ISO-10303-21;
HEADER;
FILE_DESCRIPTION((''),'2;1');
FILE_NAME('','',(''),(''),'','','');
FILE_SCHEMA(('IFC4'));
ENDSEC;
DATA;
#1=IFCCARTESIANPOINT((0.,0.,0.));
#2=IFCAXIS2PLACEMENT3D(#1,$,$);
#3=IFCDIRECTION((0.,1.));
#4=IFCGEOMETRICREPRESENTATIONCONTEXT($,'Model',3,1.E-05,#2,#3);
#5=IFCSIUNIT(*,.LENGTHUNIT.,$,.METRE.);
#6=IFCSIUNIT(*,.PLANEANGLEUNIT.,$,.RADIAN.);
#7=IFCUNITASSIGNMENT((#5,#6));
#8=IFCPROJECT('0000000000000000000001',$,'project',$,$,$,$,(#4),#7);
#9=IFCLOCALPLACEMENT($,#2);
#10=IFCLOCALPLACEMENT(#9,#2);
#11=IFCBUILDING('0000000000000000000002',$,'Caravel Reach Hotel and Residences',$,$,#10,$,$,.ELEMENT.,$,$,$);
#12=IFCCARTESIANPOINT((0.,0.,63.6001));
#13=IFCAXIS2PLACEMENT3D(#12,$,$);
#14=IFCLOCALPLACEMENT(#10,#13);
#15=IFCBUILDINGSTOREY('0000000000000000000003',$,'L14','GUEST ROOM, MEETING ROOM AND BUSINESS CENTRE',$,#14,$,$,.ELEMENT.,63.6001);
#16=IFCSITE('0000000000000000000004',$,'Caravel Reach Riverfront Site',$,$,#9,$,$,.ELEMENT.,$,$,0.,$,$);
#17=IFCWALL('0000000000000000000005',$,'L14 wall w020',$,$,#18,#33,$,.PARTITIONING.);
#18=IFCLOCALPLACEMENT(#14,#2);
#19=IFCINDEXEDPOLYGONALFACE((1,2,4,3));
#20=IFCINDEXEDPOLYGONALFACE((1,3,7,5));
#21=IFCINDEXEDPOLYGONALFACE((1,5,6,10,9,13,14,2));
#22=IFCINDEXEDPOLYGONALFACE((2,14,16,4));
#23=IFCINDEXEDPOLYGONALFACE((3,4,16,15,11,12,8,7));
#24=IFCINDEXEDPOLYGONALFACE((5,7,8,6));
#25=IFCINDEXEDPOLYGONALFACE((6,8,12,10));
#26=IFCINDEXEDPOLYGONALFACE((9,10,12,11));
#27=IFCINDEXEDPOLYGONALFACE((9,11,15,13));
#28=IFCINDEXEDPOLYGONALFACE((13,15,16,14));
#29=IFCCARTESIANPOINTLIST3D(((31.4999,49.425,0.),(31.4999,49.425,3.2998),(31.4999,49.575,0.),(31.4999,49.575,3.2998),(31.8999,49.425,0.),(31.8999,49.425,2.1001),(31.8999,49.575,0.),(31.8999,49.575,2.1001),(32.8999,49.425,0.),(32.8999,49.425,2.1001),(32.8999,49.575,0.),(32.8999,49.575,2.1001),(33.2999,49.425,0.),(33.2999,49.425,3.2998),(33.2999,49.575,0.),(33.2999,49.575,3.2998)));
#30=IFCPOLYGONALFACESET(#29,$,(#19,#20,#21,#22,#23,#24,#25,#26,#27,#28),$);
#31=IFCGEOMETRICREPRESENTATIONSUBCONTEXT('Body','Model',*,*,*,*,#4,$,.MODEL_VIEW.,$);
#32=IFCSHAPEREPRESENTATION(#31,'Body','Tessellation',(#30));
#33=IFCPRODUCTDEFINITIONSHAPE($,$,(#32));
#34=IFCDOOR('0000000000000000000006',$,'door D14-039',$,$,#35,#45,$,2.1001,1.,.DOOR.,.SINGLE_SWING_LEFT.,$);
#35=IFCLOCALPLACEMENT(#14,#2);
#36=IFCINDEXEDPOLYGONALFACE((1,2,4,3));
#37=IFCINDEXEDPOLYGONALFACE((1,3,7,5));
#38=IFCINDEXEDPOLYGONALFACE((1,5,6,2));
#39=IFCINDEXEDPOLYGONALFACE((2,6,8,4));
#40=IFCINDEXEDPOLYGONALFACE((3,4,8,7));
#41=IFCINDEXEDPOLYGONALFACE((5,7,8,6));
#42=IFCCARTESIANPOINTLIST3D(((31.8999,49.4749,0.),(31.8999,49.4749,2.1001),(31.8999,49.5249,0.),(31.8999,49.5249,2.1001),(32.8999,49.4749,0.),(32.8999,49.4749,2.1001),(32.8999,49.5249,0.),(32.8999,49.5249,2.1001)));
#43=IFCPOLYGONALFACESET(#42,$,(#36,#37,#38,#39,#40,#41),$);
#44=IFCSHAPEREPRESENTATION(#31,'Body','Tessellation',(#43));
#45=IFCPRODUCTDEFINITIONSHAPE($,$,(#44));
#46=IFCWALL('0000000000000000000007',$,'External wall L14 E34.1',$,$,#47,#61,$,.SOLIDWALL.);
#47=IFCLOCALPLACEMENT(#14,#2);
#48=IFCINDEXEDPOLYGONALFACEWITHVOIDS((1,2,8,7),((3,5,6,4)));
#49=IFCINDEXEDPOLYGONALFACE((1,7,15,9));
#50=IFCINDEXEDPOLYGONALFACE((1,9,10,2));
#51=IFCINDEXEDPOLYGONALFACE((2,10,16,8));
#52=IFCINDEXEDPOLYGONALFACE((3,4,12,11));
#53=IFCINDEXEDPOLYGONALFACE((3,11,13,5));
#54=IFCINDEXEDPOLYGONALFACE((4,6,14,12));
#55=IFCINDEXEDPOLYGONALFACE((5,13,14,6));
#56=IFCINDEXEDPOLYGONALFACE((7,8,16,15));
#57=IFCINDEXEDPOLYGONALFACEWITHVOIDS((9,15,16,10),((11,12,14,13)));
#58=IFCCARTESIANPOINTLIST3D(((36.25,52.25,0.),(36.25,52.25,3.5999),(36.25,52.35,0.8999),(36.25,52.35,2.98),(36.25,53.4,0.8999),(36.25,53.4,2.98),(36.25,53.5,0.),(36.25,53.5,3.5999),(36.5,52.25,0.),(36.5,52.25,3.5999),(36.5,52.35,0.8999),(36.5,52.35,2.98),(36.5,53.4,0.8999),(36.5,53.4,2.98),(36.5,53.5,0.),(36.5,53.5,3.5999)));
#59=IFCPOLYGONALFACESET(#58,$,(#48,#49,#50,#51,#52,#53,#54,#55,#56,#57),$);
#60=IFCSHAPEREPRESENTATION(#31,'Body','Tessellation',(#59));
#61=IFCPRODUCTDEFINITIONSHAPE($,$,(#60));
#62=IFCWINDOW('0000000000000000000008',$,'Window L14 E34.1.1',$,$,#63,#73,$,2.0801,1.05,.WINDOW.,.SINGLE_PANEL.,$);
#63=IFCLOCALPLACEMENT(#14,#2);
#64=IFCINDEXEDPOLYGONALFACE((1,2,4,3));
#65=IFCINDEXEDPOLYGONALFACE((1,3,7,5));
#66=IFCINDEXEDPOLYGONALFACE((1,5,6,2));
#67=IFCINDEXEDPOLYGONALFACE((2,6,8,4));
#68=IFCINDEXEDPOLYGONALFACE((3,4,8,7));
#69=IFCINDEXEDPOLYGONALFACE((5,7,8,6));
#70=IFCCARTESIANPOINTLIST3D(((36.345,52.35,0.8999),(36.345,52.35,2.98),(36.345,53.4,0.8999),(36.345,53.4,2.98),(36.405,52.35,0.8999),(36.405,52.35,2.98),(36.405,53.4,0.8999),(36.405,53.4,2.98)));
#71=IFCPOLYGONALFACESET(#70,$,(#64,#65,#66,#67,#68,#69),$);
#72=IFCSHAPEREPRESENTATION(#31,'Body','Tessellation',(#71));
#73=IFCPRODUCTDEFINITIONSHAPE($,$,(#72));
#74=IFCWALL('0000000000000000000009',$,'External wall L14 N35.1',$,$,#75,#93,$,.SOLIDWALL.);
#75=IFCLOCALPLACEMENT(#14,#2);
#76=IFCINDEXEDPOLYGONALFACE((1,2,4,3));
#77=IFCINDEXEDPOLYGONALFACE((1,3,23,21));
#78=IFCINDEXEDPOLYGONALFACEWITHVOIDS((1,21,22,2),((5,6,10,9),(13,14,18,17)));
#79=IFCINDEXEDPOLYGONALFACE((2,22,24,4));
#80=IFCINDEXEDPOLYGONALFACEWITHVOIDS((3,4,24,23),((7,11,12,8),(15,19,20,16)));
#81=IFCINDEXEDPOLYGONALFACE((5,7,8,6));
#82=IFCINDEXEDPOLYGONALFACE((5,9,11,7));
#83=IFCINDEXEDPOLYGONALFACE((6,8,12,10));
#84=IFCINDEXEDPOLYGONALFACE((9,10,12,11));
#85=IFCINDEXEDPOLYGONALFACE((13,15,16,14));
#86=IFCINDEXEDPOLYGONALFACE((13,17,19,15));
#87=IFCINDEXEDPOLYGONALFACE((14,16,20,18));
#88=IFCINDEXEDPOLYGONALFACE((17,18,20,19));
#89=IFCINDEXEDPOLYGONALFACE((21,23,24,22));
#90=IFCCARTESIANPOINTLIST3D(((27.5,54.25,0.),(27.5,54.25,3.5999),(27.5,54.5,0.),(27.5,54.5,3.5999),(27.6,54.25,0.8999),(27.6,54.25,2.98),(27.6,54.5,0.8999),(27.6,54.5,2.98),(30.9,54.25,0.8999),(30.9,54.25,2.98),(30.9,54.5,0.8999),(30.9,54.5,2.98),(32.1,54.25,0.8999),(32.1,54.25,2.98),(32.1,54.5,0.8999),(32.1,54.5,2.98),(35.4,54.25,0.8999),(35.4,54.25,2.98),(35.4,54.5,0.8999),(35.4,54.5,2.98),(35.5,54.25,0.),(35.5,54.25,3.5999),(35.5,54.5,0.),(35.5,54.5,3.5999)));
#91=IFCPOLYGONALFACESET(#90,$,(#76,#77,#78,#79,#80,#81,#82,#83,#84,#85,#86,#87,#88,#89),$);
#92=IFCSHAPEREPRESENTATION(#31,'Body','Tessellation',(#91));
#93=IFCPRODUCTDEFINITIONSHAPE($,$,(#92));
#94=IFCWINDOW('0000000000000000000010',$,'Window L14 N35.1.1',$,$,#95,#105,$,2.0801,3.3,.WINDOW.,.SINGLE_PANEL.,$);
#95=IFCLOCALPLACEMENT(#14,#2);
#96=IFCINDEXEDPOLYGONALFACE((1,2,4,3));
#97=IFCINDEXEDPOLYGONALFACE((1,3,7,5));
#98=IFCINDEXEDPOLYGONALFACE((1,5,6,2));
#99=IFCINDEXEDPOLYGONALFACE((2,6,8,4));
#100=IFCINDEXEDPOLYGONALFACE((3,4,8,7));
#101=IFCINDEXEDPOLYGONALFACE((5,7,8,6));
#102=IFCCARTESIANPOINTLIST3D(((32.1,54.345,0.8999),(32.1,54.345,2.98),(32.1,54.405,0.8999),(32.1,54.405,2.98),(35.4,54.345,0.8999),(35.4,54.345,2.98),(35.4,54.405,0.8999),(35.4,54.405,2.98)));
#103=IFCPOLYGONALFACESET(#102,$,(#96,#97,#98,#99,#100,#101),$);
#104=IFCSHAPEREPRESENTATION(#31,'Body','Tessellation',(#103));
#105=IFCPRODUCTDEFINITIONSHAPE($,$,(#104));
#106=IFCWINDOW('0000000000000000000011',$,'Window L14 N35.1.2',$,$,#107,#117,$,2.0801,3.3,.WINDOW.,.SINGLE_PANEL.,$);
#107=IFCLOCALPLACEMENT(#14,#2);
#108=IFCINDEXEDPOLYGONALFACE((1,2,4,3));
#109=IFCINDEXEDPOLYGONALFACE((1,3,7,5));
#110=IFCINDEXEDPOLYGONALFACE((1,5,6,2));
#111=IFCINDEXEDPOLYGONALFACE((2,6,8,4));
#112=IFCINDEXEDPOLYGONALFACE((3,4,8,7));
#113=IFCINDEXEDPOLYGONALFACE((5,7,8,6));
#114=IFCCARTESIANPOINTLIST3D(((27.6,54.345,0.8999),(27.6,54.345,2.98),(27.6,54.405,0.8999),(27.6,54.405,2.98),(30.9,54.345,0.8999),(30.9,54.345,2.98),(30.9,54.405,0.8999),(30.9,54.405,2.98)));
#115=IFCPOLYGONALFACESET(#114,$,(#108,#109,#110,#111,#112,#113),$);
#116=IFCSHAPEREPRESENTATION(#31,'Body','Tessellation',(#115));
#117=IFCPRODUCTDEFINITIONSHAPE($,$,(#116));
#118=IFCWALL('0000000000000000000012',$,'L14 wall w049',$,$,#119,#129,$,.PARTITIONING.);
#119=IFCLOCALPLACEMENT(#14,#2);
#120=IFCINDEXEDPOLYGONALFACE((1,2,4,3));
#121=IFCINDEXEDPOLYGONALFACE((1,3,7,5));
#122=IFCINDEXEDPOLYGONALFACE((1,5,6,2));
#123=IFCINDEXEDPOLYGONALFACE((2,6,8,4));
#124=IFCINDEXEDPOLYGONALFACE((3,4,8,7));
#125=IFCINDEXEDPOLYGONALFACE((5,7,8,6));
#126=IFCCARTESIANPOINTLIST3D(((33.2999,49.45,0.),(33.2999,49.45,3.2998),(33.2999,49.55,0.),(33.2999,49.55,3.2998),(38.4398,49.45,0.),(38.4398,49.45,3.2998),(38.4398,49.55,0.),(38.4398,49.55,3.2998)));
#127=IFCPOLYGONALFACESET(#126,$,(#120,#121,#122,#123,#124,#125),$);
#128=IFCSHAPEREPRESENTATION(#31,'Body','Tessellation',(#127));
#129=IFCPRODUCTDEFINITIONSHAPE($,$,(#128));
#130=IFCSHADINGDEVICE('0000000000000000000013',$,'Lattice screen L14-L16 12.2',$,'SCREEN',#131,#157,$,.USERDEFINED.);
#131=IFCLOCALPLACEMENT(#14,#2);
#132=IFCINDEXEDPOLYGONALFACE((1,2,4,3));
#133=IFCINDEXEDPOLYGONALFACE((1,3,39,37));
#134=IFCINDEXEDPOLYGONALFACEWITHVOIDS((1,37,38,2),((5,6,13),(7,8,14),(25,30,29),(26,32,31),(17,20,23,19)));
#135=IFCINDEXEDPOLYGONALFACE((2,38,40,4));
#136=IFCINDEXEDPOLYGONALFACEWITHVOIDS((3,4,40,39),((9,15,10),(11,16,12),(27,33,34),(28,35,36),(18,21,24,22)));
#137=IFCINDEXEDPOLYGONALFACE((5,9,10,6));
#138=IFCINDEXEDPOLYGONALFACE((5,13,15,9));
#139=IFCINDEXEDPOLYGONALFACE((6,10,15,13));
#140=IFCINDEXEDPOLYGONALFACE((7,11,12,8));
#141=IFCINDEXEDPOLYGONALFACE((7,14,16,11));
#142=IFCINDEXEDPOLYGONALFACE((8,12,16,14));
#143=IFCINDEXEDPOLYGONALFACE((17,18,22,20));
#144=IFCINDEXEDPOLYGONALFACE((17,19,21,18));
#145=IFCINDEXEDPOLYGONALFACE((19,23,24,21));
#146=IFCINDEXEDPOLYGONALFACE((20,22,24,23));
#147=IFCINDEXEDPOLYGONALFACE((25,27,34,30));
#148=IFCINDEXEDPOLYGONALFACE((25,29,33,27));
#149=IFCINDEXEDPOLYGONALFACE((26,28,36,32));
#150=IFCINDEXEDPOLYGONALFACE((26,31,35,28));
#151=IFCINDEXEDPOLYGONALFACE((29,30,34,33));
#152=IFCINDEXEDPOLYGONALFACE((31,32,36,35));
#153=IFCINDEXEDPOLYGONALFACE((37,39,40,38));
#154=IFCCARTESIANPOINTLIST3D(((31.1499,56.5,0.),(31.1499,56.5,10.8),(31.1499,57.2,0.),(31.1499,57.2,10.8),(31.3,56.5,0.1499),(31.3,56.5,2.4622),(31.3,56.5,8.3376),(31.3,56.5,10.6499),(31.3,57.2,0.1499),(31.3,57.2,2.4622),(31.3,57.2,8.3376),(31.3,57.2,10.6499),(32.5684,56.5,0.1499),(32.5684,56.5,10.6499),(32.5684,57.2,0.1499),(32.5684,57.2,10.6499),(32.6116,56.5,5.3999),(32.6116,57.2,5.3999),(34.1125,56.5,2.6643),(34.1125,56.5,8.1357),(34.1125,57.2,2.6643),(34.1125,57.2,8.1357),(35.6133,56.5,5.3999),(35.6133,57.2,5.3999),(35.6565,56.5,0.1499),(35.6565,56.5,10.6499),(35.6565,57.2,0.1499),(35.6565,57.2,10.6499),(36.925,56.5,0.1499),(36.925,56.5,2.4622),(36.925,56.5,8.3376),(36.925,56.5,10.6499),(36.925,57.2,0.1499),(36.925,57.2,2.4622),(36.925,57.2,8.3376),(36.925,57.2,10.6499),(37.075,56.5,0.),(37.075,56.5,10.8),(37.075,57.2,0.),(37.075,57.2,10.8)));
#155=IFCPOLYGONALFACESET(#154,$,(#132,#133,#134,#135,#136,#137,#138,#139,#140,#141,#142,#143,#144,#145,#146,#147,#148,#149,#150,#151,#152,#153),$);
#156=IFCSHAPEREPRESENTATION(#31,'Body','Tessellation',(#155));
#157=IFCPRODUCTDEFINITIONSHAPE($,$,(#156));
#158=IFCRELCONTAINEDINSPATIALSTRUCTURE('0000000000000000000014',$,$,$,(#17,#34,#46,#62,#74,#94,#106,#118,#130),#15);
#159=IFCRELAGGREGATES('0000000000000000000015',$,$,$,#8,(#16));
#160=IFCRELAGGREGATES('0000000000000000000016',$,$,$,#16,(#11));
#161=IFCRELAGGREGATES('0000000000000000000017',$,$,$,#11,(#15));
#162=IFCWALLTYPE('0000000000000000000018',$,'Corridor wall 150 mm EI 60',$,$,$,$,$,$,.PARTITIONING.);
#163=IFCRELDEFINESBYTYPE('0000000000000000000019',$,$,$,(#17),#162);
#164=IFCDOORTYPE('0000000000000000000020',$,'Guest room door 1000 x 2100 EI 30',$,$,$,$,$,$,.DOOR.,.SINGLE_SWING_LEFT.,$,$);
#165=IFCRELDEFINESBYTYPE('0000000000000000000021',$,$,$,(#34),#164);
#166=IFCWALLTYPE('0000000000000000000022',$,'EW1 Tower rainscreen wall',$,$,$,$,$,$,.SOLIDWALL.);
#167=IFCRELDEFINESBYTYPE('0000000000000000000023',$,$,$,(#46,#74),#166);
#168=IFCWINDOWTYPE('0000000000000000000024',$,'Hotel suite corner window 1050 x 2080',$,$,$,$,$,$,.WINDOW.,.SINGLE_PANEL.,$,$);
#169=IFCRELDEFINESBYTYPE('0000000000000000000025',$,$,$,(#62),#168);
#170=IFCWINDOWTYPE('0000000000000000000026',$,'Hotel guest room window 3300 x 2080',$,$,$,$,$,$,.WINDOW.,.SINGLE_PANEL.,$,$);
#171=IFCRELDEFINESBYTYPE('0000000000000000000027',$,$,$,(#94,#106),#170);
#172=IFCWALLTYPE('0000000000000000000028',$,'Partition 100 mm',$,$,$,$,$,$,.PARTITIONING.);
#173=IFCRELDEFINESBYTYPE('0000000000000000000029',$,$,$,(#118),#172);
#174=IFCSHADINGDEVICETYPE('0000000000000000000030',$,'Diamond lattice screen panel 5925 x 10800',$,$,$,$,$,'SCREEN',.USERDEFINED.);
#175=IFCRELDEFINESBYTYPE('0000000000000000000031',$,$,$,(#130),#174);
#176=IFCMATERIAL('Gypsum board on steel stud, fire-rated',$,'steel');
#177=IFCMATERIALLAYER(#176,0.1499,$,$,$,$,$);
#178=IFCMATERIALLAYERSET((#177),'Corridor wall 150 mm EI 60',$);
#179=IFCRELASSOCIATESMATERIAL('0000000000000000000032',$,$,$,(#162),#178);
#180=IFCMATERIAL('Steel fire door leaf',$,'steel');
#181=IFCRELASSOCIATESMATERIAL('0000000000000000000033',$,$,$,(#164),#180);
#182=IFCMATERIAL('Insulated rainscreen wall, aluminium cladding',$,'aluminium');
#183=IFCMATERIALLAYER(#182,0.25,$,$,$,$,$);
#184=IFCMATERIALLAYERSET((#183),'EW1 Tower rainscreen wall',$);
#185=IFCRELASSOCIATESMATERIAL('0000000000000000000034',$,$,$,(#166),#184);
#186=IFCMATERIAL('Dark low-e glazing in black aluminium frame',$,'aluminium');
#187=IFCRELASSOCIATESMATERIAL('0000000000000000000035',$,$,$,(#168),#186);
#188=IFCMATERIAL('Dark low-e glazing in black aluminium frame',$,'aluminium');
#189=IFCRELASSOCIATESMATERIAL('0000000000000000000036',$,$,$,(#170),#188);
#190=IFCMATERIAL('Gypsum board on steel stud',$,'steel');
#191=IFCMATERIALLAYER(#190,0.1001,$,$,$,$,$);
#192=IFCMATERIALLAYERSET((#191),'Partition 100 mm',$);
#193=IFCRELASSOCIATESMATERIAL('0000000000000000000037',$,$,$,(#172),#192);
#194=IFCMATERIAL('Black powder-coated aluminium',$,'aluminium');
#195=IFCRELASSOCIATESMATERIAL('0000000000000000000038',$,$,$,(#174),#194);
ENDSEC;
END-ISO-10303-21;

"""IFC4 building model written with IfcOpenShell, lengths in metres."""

from ifc_helpers import new_model, si_unit, direction, frame, frame_2d, origin, place, context, subcontext, project, spatial, polyline, rectangle, outline, extrude, material, layer, layer_set, type_object, element, fill, save


model = new_model("IFC4")

# Units and contexts
model_context = context("Model", 3, precision=1e-05, world=origin(), true_north=direction((0.0, 1.0)))
body_context = subcontext(model_context, "Body", "Model", "MODEL_VIEW")
ifc_project = project(units=[si_unit("LENGTHUNIT", "METRE"), si_unit("PLANEANGLEUNIT", "RADIAN")], contexts=[model_context])

# Site, building, storey
site_placement = place(None, origin())
site = spatial("IfcSite", under=ifc_project, at=site_placement, Name="Caravel Reach Riverfront Site", CompositionType="ELEMENT", RefElevation=0.0)
building_placement = place(site_placement, origin())
building = spatial("IfcBuilding", under=site, at=building_placement, Name="Caravel Reach Hotel and Residences", CompositionType="ELEMENT")
storey_placement = place(building_placement, frame((0.0, 0.0, 63.6001)))
storey = spatial("IfcBuildingStorey", under=building, at=storey_placement, Name="L14", Description="GUEST ROOM, MEETING ROOM AND BUSINESS CENTRE", CompositionType="ELEMENT", Elevation=63.6001)

# Wall, opening, door
ifc_material_1 = material(Name="Gypsum board on steel stud, fire-rated", Category="steel")
ifc_layer_1 = layer(ifc_material_1, 0.1499)
ifc_layer_set_1 = layer_set([ifc_layer_1], Name="Corridor wall 150 mm EI 60")
wall_type_1 = type_object("IfcWallType", Name="Corridor wall 150 mm EI 60", PredefinedType="PARTITIONING", material=ifc_layer_set_1)
wall_1_placement = place(storey_placement, frame((31.5, 49.5, 0.0), z_axis=(0.0, 0.0, 1.0), x_axis=(1.0, 0.0, 0.0)))
wall_1 = element("IfcWall", 1, at=wall_1_placement, inside=storey, type_object=wall_type_1, Name="L14 wall w020", PredefinedType="PARTITIONING", context=body_context, shape_type="SweptSolid", body=[
    extrude(rectangle(XDim=1.8, YDim=0.1499, at=frame_2d((0.8999, 0.0))), origin(), (0.0, 0.0, 1.0), 3.2998),
])
opening_1_placement = place(wall_1_placement, frame((0.3999, 0.0, 0.0)))
opening_1 = element("IfcOpeningElement", 2, at=opening_1_placement, cuts=wall_1, PredefinedType="OPENING", context=body_context, shape_type="SweptSolid", body=[
    extrude(rectangle(XDim=1.0, YDim=2.1001, at=frame_2d((0.5, 1.05))), frame((0.0, 0.085, 0.0), z_axis=(0.0, -1.0, 0.0), x_axis=(1.0, 0.0, 0.0)), (0.0, 0.0, 1.0), 0.1699),
])
ifc_material_2 = material(Name="Steel fire door leaf", Category="steel")
door_type = type_object("IfcDoorType", Name="Guest room door 1000 x 2100 EI 30", OperationType="SINGLE_SWING_LEFT", PredefinedType="DOOR", material=ifc_material_2)
door_placement = place(opening_1_placement, origin())
door = element("IfcDoor", 3, at=door_placement, inside=storey, type_object=door_type, Name="door D14-039", OperationType="SINGLE_SWING_LEFT", OverallHeight=2.1001, OverallWidth=1.0, PredefinedType="DOOR", context=body_context, shape_type="SweptSolid", body=[
    extrude(rectangle(XDim=1.0, YDim=2.1001, at=frame_2d((0.5, 1.05))), frame((0.0, 0.0249, 0.0), z_axis=(0.0, -1.0, 0.0), x_axis=(1.0, 0.0, 0.0)), (0.0, 0.0, 1.0), 0.05),
])
fill(opening_1, door)

# Wall, opening, window
ifc_material_3 = material(Name="Insulated rainscreen wall, aluminium cladding", Category="aluminium")
ifc_layer_2 = layer(ifc_material_3, 0.25)
ifc_layer_set_2 = layer_set([ifc_layer_2], Name="EW1 Tower rainscreen wall")
wall_type_2 = type_object("IfcWallType", Name="EW1 Tower rainscreen wall", PredefinedType="SOLIDWALL", material=ifc_layer_set_2)
wall_2_placement = place(storey_placement, frame((36.375, 52.25, 0.0), z_axis=(0.0, 0.0, 1.0), x_axis=(0.0, 1.0, 0.0)))
wall_2 = element("IfcWall", 4, at=wall_2_placement, inside=storey, type_object=wall_type_2, Name="External wall L14 E34.1", PredefinedType="SOLIDWALL", context=body_context, shape_type="SweptSolid", body=[
    extrude(rectangle(XDim=1.25, YDim=0.25, at=frame_2d((0.625, 0.0))), origin(), (0.0, 0.0, 1.0), 3.5999),
])
opening_2_placement = place(wall_2_placement, frame((0.1001, 0.0, 0.8999)))
opening_2 = element("IfcOpeningElement", 5, at=opening_2_placement, cuts=wall_2, PredefinedType="OPENING", context=body_context, shape_type="SweptSolid", body=[
    extrude(rectangle(XDim=1.05, YDim=2.0801, at=frame_2d((0.5249, 1.04))), frame((0.0, 0.135, 0.0), z_axis=(0.0, -1.0, 0.0), x_axis=(1.0, 0.0, 0.0)), (0.0, 0.0, 1.0), 0.27),
])
ifc_material_4 = material(Name="Dark low-e glazing in black aluminium frame", Category="aluminium")
window_type_1 = type_object("IfcWindowType", Name="Hotel suite corner window 1050 x 2080", PartitioningType="SINGLE_PANEL", PredefinedType="WINDOW", material=ifc_material_4)
window_1_placement = place(opening_2_placement, origin())
window_1 = element("IfcWindow", 6, at=window_1_placement, inside=storey, type_object=window_type_1, Name="Window L14 E34.1.1", OverallHeight=2.0801, OverallWidth=1.05, PartitioningType="SINGLE_PANEL", PredefinedType="WINDOW", context=body_context, shape_type="SweptSolid", body=[
    extrude(rectangle(XDim=1.05, YDim=2.0801, at=frame_2d((0.5249, 1.04))), frame((0.0, 0.03, 0.0), z_axis=(0.0, -1.0, 0.0), x_axis=(1.0, 0.0, 0.0)), (0.0, 0.0, 1.0), 0.0601),
])
fill(opening_2, window_1)

# Wall, openings, windows
wall_3_placement = place(storey_placement, frame((35.5, 54.375, 0.0), z_axis=(0.0, 0.0, 1.0), x_axis=(-1.0, 0.0, 0.0)))
wall_3 = element("IfcWall", 7, at=wall_3_placement, inside=storey, type_object=wall_type_2, Name="External wall L14 N35.1", PredefinedType="SOLIDWALL", context=body_context, shape_type="SweptSolid", body=[
    extrude(rectangle(XDim=8.0, YDim=0.25, at=frame_2d((4.0, 0.0))), origin(), (0.0, 0.0, 1.0), 3.5999),
])
opening_3_placement = place(wall_3_placement, frame((0.1001, 0.0, 0.8999)))
opening_3 = element("IfcOpeningElement", 8, at=opening_3_placement, cuts=wall_3, PredefinedType="OPENING", context=body_context, shape_type="SweptSolid", body=[
    extrude(rectangle(XDim=3.3, YDim=2.0801, at=frame_2d((1.6499, 1.04))), frame((0.0, 0.135, 0.0), z_axis=(0.0, -1.0, 0.0), x_axis=(1.0, 0.0, 0.0)), (0.0, 0.0, 1.0), 0.27),
])
opening_4_placement = place(wall_3_placement, frame((4.6001, 0.0, 0.8999)))
opening_4 = element("IfcOpeningElement", 9, at=opening_4_placement, cuts=wall_3, PredefinedType="OPENING", context=body_context, shape_type="SweptSolid", body=[
    extrude(rectangle(XDim=3.3, YDim=2.0801, at=frame_2d((1.6499, 1.04))), frame((0.0, 0.135, 0.0), z_axis=(0.0, -1.0, 0.0), x_axis=(1.0, 0.0, 0.0)), (0.0, 0.0, 1.0), 0.27),
])
ifc_material_5 = material(Name="Dark low-e glazing in black aluminium frame", Category="aluminium")
window_type_2 = type_object("IfcWindowType", Name="Hotel guest room window 3300 x 2080", PartitioningType="SINGLE_PANEL", PredefinedType="WINDOW", material=ifc_material_5)
window_2_placement = place(opening_3_placement, origin())
window_2 = element("IfcWindow", 10, at=window_2_placement, inside=storey, type_object=window_type_2, Name="Window L14 N35.1.1", OverallHeight=2.0801, OverallWidth=3.3, PartitioningType="SINGLE_PANEL", PredefinedType="WINDOW", context=body_context, shape_type="SweptSolid", body=[
    extrude(rectangle(XDim=3.3, YDim=2.0801, at=frame_2d((1.6499, 1.04))), frame((0.0, 0.03, 0.0), z_axis=(0.0, -1.0, 0.0), x_axis=(1.0, 0.0, 0.0)), (0.0, 0.0, 1.0), 0.0601),
])
fill(opening_3, window_2)
window_3_placement = place(opening_4_placement, origin())
window_3 = element("IfcWindow", 11, at=window_3_placement, inside=storey, type_object=window_type_2, Name="Window L14 N35.1.2", OverallHeight=2.0801, OverallWidth=3.3, PartitioningType="SINGLE_PANEL", PredefinedType="WINDOW", context=body_context, shape_type="SweptSolid", body=[
    extrude(rectangle(XDim=3.3, YDim=2.0801, at=frame_2d((1.6499, 1.04))), frame((0.0, 0.03, 0.0), z_axis=(0.0, -1.0, 0.0), x_axis=(1.0, 0.0, 0.0)), (0.0, 0.0, 1.0), 0.0601),
])
fill(opening_4, window_3)

# Wall
ifc_material_6 = material(Name="Gypsum board on steel stud", Category="steel")
ifc_layer_3 = layer(ifc_material_6, 0.1001)
ifc_layer_set_3 = layer_set([ifc_layer_3], Name="Partition 100 mm")
wall_type_3 = type_object("IfcWallType", Name="Partition 100 mm", PredefinedType="PARTITIONING", material=ifc_layer_set_3)
wall_4_placement = place(storey_placement, frame((33.3, 49.5, 0.0), z_axis=(0.0, 0.0, 1.0), x_axis=(1.0, 0.0, 0.0)))
element("IfcWall", 12, at=wall_4_placement, inside=storey, type_object=wall_type_3, Name="L14 wall w049", PredefinedType="PARTITIONING", context=body_context, shape_type="SweptSolid", body=[
    extrude(rectangle(XDim=5.1399, YDim=0.1001, at=frame_2d((2.5698, 0.0))), origin(), (0.0, 0.0, 1.0), 3.2998),
])

# Shading device
ifc_material_7 = material(Name="Black powder-coated aluminium", Category="aluminium")
shading_device_type = type_object("IfcShadingDeviceType", Name="Diamond lattice screen panel 5925 x 10800", ElementType="SCREEN", PredefinedType="USERDEFINED", material=ifc_material_7)
for number, where, z_axis, x_axis, name in (
    (13, (37.075, 56.5, 0.0), (0.0, 1.0, 0.0), (-1.0, 0.0, 0.0), "Lattice screen L14-L16 12.2"),
):
    element("IfcShadingDevice", number, at=place(storey_placement, frame(where, z_axis=z_axis, x_axis=x_axis)), inside=storey, type_object=shading_device_type, Name=name, ObjectType="SCREEN", PredefinedType="USERDEFINED", context=body_context, shape_type="SweptSolid", body=[
        extrude(outline(polyline([(0.0, 0.0), (5.925, 0.0), (5.925, 10.8), (0.0, 10.8), (0.0, 0.0)]), holes=[polyline([(1.4185, 0.1499), (0.1499, 2.4622), (0.1499, 0.1499), (1.4185, 0.1499)]), polyline([(0.1499, 8.3376), (1.4185, 10.6499), (0.1499, 10.6499), (0.1499, 8.3376)]), polyline([(2.9624, 8.1357), (1.4617, 5.3999), (2.9624, 2.6643), (4.4634, 5.3999), (2.9624, 8.1357)]), polyline([(5.7749, 2.4622), (4.5066, 0.1499), (5.7749, 0.1499), (5.7749, 2.4622)]), polyline([(4.5066, 10.6499), (5.7749, 8.3376), (5.7749, 10.6499), (4.5066, 10.6499)])]), origin(), (0.0, 0.0, 1.0), 0.7),
    ])

save(model, "model.ifc")
